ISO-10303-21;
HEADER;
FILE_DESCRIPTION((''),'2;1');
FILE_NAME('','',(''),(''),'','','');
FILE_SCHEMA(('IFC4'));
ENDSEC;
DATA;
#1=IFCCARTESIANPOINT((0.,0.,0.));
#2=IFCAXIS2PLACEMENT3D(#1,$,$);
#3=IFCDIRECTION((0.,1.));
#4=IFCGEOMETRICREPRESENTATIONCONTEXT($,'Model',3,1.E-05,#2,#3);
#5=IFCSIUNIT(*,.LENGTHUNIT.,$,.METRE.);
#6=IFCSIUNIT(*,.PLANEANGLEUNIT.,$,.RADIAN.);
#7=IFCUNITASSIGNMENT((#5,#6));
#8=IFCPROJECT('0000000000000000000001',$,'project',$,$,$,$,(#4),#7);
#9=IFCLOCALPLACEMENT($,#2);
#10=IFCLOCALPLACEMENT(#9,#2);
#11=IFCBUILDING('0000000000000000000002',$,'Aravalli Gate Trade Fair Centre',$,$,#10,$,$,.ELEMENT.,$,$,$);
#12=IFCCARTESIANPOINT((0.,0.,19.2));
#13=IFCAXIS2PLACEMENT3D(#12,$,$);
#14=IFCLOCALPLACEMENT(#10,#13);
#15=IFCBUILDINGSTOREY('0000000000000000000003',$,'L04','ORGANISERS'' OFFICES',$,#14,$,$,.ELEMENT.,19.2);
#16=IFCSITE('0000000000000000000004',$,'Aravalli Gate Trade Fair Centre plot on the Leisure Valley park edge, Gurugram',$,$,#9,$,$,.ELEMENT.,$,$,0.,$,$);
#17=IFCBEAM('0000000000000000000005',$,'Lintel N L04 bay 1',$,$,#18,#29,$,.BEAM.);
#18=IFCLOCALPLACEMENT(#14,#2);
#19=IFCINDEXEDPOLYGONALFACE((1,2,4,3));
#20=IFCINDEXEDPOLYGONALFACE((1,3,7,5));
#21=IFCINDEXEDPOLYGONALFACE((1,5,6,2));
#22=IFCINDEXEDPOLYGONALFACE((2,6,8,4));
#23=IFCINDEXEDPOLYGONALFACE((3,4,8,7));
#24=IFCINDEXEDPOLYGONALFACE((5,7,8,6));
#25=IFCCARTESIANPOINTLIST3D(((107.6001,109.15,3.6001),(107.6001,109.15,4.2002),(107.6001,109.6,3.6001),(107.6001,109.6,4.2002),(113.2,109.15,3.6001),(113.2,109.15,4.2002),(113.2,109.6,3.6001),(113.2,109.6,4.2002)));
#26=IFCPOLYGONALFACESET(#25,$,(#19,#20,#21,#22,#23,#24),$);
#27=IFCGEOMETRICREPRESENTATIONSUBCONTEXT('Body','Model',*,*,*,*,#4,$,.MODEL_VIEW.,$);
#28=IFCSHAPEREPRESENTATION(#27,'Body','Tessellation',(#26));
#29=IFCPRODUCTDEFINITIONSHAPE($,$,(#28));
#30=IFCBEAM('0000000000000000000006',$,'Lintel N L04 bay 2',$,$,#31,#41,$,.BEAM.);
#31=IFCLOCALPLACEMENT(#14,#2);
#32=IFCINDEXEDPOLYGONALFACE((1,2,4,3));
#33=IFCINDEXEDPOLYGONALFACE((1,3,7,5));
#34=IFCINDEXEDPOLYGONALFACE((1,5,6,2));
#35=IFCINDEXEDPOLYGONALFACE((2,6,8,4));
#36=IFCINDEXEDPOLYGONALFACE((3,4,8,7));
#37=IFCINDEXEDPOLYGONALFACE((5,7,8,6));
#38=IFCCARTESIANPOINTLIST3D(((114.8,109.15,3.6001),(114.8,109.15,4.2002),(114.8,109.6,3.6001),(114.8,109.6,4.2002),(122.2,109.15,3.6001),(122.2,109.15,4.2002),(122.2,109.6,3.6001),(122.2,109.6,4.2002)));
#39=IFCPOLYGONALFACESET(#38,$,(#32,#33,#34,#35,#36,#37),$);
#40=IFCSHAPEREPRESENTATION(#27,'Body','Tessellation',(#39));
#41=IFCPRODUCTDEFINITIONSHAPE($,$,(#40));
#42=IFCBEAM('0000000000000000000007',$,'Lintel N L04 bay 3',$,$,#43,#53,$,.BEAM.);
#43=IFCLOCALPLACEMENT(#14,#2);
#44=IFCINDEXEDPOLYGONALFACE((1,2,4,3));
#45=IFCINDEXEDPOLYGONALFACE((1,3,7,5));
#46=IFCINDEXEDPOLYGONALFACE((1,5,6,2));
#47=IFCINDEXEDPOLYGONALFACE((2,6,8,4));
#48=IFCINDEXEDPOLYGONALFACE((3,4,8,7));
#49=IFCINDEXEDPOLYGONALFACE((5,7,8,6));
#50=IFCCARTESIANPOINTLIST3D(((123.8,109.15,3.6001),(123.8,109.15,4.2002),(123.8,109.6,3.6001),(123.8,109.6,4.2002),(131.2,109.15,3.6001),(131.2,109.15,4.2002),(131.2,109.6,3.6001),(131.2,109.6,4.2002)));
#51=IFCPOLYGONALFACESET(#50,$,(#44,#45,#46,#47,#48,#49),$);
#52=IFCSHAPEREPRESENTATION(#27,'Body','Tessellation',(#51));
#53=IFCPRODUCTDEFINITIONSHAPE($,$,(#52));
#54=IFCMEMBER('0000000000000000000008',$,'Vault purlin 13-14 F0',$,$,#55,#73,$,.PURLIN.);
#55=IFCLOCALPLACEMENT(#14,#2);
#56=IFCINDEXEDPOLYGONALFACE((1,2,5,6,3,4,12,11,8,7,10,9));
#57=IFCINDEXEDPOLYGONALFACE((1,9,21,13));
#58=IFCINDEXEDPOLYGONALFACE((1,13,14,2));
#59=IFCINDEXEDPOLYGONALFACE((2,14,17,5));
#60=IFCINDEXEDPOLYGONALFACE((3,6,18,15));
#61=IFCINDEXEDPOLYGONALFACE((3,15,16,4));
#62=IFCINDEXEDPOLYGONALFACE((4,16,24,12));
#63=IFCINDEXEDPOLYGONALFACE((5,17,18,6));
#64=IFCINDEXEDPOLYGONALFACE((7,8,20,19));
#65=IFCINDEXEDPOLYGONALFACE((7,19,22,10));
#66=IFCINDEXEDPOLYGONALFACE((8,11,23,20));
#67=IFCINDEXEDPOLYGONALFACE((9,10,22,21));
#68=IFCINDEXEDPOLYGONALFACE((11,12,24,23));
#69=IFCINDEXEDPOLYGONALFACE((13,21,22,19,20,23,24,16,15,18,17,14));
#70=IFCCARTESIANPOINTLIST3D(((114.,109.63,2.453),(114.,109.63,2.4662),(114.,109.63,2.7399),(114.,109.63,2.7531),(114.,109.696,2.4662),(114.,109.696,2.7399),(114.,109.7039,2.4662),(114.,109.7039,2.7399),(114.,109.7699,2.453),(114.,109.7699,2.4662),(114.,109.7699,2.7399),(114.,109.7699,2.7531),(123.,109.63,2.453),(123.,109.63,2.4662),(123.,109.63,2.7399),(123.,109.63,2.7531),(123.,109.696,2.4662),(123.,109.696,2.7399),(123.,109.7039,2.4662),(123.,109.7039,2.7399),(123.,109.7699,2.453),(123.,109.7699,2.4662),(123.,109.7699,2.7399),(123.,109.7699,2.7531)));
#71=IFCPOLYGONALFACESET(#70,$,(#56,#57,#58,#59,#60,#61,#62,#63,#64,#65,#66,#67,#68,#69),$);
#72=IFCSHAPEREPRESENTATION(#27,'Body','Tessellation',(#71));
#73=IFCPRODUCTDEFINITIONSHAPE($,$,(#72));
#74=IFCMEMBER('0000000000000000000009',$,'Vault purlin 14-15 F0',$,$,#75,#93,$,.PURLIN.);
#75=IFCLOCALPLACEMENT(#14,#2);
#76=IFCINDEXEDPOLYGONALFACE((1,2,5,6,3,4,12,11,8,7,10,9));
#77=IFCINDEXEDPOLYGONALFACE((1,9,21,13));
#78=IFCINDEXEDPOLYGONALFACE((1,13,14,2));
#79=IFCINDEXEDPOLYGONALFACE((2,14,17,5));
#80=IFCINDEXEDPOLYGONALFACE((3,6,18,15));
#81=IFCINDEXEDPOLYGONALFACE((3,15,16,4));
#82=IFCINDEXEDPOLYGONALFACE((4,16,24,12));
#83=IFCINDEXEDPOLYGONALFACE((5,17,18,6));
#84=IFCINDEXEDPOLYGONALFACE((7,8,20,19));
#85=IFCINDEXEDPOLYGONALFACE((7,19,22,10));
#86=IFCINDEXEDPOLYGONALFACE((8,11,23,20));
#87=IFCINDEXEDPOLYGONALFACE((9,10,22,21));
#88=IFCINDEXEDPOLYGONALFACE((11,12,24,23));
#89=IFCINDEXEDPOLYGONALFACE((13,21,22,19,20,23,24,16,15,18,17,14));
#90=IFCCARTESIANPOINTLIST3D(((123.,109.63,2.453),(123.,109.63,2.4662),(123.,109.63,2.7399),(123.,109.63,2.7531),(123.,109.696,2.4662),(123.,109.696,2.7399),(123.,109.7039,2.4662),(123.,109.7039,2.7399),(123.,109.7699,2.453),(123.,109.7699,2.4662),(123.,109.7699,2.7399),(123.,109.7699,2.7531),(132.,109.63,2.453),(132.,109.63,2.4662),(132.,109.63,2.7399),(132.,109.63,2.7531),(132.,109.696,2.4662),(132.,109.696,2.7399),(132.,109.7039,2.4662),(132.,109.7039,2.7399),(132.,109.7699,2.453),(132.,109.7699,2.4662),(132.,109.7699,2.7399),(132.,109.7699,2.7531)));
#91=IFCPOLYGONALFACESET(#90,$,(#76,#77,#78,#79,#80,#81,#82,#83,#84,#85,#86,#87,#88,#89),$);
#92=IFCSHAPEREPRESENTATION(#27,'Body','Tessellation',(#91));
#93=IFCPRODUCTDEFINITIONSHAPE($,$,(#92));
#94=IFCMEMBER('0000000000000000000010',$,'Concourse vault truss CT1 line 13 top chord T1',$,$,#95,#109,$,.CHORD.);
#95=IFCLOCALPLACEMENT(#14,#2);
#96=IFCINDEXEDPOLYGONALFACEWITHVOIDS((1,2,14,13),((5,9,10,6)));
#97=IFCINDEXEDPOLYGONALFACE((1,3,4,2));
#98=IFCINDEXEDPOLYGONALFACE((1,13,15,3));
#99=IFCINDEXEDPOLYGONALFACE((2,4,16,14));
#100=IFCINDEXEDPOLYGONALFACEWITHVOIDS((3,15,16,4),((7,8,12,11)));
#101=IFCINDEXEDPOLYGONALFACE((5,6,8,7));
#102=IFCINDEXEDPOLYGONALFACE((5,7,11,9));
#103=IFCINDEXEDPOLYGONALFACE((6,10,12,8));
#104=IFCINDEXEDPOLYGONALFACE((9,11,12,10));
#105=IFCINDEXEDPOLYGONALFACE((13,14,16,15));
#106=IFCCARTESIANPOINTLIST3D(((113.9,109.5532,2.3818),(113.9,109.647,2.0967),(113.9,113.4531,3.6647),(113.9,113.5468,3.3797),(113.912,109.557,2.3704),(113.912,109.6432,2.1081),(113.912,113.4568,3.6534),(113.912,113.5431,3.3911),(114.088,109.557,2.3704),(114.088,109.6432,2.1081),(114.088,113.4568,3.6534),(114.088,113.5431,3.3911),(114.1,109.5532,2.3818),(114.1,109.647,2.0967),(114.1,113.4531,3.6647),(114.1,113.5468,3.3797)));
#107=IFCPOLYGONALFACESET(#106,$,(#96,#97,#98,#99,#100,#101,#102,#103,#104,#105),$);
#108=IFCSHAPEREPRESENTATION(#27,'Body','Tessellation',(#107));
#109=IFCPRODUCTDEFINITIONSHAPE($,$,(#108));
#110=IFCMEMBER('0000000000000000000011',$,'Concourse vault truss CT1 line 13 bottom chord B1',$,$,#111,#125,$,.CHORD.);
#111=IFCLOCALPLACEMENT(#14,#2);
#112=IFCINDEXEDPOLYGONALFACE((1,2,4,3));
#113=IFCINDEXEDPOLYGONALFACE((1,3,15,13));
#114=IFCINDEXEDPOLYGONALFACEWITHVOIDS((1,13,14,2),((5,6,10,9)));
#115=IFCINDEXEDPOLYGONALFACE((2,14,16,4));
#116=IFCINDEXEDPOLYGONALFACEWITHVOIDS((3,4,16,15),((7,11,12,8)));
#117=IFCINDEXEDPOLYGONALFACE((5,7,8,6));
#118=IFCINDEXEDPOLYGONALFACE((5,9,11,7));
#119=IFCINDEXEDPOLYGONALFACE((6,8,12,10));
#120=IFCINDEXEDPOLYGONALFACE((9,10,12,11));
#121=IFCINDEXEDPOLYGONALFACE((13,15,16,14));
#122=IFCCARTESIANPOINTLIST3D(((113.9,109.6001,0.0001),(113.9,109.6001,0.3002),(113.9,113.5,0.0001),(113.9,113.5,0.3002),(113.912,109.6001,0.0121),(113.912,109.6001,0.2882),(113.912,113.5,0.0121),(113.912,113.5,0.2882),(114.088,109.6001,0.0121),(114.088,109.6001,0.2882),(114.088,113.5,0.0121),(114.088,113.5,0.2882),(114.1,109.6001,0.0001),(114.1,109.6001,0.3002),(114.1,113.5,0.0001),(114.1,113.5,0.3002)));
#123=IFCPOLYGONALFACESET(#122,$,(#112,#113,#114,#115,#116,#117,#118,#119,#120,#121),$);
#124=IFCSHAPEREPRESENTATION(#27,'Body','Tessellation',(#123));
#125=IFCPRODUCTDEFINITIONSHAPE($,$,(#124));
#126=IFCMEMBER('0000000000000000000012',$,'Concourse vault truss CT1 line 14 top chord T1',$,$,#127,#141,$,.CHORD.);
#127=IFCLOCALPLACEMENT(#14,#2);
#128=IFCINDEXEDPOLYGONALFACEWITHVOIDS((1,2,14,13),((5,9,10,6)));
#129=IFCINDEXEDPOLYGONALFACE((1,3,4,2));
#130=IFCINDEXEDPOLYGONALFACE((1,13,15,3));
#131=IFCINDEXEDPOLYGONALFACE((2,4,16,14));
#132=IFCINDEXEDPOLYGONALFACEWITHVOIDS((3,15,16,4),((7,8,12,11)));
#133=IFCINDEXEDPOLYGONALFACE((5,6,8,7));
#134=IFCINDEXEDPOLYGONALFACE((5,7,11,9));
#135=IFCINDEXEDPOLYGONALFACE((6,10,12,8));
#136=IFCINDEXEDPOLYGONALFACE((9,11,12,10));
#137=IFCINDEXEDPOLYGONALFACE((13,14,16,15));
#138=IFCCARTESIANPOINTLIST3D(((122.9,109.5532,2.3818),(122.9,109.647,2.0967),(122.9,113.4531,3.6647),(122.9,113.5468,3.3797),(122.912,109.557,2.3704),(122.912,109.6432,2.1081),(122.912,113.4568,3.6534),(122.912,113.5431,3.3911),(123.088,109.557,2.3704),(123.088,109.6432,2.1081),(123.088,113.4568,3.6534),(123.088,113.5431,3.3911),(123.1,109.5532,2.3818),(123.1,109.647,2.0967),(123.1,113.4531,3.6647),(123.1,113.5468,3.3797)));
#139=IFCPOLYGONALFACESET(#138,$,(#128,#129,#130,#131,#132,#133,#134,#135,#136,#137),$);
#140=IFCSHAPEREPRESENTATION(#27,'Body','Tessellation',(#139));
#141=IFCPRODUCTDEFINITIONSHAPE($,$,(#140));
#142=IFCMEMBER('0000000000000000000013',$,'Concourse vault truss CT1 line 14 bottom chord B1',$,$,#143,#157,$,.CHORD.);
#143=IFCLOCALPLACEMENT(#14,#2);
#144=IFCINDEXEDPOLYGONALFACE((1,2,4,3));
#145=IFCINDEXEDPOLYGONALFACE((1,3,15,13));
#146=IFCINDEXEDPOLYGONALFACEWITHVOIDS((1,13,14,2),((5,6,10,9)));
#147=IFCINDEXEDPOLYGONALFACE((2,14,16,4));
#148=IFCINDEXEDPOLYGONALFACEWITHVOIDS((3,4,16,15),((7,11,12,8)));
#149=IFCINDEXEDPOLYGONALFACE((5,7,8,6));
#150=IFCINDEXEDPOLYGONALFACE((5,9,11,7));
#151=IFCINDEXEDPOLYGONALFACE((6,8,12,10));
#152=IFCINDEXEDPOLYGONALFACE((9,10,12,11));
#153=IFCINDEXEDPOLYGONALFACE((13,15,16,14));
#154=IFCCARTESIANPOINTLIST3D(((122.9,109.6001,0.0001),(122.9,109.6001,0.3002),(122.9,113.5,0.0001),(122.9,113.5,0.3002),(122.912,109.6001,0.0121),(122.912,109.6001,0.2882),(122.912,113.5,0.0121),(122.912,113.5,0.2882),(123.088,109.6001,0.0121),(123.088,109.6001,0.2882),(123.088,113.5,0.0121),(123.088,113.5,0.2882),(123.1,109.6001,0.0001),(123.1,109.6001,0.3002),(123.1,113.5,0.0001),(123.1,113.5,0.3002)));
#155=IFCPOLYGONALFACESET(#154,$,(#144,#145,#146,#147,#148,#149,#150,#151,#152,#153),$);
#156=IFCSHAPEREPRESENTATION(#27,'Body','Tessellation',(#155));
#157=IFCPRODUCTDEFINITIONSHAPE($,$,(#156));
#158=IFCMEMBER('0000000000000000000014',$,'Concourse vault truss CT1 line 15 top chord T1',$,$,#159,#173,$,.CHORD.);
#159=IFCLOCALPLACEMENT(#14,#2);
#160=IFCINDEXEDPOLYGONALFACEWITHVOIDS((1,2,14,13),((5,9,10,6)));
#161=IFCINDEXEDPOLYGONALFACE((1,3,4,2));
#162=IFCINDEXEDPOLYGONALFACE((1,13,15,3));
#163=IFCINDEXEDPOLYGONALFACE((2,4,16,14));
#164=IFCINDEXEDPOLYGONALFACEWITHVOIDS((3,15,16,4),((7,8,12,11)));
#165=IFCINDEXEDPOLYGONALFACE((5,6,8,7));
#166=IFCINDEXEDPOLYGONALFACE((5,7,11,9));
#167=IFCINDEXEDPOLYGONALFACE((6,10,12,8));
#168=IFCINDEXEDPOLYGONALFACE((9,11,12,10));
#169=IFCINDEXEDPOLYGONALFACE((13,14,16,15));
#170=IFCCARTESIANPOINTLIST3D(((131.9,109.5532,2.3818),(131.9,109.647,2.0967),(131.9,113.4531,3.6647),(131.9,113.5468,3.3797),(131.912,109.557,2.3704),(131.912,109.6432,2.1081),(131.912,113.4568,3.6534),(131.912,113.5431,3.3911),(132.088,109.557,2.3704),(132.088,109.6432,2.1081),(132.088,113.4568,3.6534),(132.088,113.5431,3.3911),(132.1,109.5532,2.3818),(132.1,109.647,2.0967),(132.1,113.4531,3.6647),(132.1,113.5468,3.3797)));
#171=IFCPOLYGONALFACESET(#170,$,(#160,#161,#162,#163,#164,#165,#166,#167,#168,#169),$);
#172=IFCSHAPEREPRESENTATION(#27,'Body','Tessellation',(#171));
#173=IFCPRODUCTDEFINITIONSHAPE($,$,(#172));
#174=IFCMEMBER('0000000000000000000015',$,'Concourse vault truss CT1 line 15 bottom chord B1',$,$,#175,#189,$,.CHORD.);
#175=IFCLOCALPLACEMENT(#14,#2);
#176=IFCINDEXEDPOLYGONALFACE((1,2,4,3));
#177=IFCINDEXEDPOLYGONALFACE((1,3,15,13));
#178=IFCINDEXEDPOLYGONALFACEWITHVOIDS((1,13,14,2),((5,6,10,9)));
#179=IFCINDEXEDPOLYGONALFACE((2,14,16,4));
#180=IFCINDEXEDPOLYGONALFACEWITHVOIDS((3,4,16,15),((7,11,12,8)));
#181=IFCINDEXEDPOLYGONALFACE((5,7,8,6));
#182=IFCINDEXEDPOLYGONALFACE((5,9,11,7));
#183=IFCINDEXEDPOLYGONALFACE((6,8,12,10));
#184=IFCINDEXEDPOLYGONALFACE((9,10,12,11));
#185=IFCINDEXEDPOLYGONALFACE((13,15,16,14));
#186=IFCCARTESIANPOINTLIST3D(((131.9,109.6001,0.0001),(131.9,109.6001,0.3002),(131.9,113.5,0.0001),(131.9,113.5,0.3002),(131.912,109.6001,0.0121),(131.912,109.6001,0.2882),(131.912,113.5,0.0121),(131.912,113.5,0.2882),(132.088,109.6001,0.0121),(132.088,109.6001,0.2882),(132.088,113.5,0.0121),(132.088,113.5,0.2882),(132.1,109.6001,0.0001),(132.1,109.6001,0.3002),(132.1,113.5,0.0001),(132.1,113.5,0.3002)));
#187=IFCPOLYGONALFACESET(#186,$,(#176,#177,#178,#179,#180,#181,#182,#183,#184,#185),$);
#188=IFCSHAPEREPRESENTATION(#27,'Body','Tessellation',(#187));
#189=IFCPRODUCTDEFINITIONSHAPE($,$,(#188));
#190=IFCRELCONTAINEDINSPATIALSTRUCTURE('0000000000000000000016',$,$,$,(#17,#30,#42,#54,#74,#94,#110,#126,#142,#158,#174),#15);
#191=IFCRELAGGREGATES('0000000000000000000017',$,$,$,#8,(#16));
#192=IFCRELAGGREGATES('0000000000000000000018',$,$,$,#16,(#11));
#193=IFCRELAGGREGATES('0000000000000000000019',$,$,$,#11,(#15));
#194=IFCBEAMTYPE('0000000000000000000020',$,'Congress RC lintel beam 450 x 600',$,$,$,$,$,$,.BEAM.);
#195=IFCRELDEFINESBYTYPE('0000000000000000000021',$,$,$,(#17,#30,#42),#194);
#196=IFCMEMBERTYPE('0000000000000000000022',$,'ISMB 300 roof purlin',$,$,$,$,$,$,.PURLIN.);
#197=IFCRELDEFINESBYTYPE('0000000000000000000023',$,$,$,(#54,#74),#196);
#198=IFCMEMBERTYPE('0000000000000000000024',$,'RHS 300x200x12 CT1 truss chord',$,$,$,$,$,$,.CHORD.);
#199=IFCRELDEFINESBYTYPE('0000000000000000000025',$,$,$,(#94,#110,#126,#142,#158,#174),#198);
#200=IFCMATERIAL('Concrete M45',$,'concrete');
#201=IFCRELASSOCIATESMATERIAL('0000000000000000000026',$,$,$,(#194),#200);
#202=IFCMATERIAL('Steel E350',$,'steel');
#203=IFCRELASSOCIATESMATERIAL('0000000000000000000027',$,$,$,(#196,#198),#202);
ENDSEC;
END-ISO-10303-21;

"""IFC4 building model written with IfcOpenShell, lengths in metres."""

from ifc_helpers import new_model, si_unit, direction, frame, origin, origin_2d, place, context, subcontext, project, spatial, rectangle, hollow_rectangle, i_section, extrude, material, material_profile, profile_set, type_object, element, save


model = new_model("IFC4")

# Units and contexts
model_context = context("Model", 3, precision=1e-05, world=origin(), true_north=direction((0.0, 1.0)))
body_context = subcontext(model_context, "Body", "Model", "MODEL_VIEW")
ifc_project = project(units=[si_unit("LENGTHUNIT", "METRE"), si_unit("PLANEANGLEUNIT", "RADIAN")], contexts=[model_context])

# Site, building, storey
site_placement = place(None, origin())
site = spatial("IfcSite", under=ifc_project, at=site_placement, Name="Aravalli Gate Trade Fair Centre plot on the Leisure Valley park edge, Gurugram", CompositionType="ELEMENT", RefElevation=0.0)
building_placement = place(site_placement, origin())
building = spatial("IfcBuilding", under=site, at=building_placement, Name="Aravalli Gate Trade Fair Centre", CompositionType="ELEMENT")
storey_placement = place(building_placement, frame((0.0, 0.0, 19.2)))
storey = spatial("IfcBuildingStorey", under=building, at=storey_placement, Name="L04", Description="ORGANISERS' OFFICES", CompositionType="ELEMENT", Elevation=19.2)

# Beams
ifc_material_1 = material(Name="Concrete M45", Category="concrete")
ifc_material_profile_1 = material_profile(ifc_material_1, rectangle(XDim=0.45, YDim=0.6001, at=origin_2d()), Name="RC 450x600")
ifc_profile_set_1 = profile_set([ifc_material_profile_1], Name="Concrete M45")
beam_type = type_object("IfcBeamType", Name="Congress RC lintel beam 450 x 600", PredefinedType="BEAM", material=ifc_profile_set_1)
beam_placement = place(storey_placement, frame((107.6001, 109.375, 3.9001), z_axis=(1.0, 0.0, 0.0), x_axis=(0.0, 1.0, 0.0)))
element("IfcBeam", 1, at=beam_placement, inside=storey, type_object=beam_type, Name="Lintel N L04 bay 1", PredefinedType="BEAM", context=body_context, shape_type="SweptSolid", body=[
    extrude(rectangle(XDim=0.45, YDim=0.6001, at=origin_2d()), origin(), (0.0, 0.0, 1.0), 5.5999),
])
for number, where, z_axis, x_axis, name in (
    (2, (114.8, 109.375, 3.9001), (1.0, 0.0, 0.0), (0.0, 1.0, 0.0), "Lintel N L04 bay 2"),
    (3, (123.8, 109.375, 3.9001), (1.0, 0.0, 0.0), (0.0, 1.0, 0.0), "Lintel N L04 bay 3"),
):
    element("IfcBeam", number, at=place(storey_placement, frame(where, z_axis=z_axis, x_axis=x_axis)), inside=storey, type_object=beam_type, Name=name, PredefinedType="BEAM", context=body_context, shape_type="SweptSolid", body=[
        extrude(rectangle(XDim=0.45, YDim=0.6001, at=origin_2d()), origin(), (0.0, 0.0, 1.0), 7.3999),
    ])

# Members
ifc_material_2 = material(Name="Steel E350", Category="steel")
ifc_material_profile_2 = material_profile(ifc_material_2, i_section(OverallWidth=0.1399, OverallDepth=0.3, WebThickness=0.0078, FlangeThickness=0.0132, at=origin_2d()), Name="ISMB 300")
ifc_profile_set_2 = profile_set([ifc_material_profile_2], Name="Steel E350")
member_type_1 = type_object("IfcMemberType", Name="ISMB 300 roof purlin", PredefinedType="PURLIN", material=ifc_profile_set_2)
for number, where, z_axis, x_axis, name in (
    (4, (114.0, 109.7, 2.603), (1.0, 0.0, 0.0), (0.0, 1.0, 0.0), "Vault purlin 13-14 F0"),
    (5, (123.0, 109.7, 2.603), (1.0, 0.0, 0.0), (0.0, 1.0, 0.0), "Vault purlin 14-15 F0"),
):
    element("IfcMember", number, at=place(storey_placement, frame(where, z_axis=z_axis, x_axis=x_axis)), inside=storey, type_object=member_type_1, Name=name, PredefinedType="PURLIN", context=body_context, shape_type="SweptSolid", body=[
        extrude(i_section(OverallWidth=0.1399, OverallDepth=0.3, WebThickness=0.0078, FlangeThickness=0.0132, at=origin_2d()), origin(), (0.0, 0.0, 1.0), 9.0),
    ])
ifc_material_profile_3 = material_profile(ifc_material_2, hollow_rectangle(XDim=0.2, YDim=0.3, WallThickness=0.012, at=origin_2d()), Name="RHS 300x200x12")
ifc_profile_set_3 = profile_set([ifc_material_profile_3], Name="Steel E350")
member_type_2 = type_object("IfcMemberType", Name="RHS 300x200x12 CT1 truss chord", PredefinedType="CHORD", material=ifc_profile_set_3)
member_1_placement = place(storey_placement, frame((114.0, 109.6001, 2.2393), z_axis=(0.0, 0.949919, 0.312497), x_axis=(-1.0, 0.0, 0.0)))
element("IfcMember", 6, at=member_1_placement, inside=storey, type_object=member_type_2, Name="Concourse vault truss CT1 line 13 top chord T1", PredefinedType="CHORD", context=body_context, shape_type="SweptSolid", body=[
    extrude(hollow_rectangle(XDim=0.2, YDim=0.3, WallThickness=0.012, at=origin_2d()), origin(), (0.0, 0.0, 1.0), 4.1055),
])
member_2_placement = place(storey_placement, frame((114.0, 109.6001, 0.1501), z_axis=(0.0, 1.0, 0.0), x_axis=(-1.0, 0.0, 0.0)))
element("IfcMember", 7, at=member_2_placement, inside=storey, type_object=member_type_2, Name="Concourse vault truss CT1 line 13 bottom chord B1", PredefinedType="CHORD", context=body_context, shape_type="SweptSolid", body=[
    extrude(hollow_rectangle(XDim=0.2, YDim=0.3, WallThickness=0.012, at=origin_2d()), origin(), (0.0, 0.0, 1.0), 3.8999),
])
member_3_placement = place(storey_placement, frame((123.0, 109.6001, 2.2393), z_axis=(0.0, 0.949919, 0.312497), x_axis=(-1.0, 0.0, 0.0)))
element("IfcMember", 8, at=member_3_placement, inside=storey, type_object=member_type_2, Name="Concourse vault truss CT1 line 14 top chord T1", PredefinedType="CHORD", context=body_context, shape_type="SweptSolid", body=[
    extrude(hollow_rectangle(XDim=0.2, YDim=0.3, WallThickness=0.012, at=origin_2d()), origin(), (0.0, 0.0, 1.0), 4.1055),
])
member_4_placement = place(storey_placement, frame((123.0, 109.6001, 0.1501), z_axis=(0.0, 1.0, 0.0), x_axis=(-1.0, 0.0, 0.0)))
element("IfcMember", 9, at=member_4_placement, inside=storey, type_object=member_type_2, Name="Concourse vault truss CT1 line 14 bottom chord B1", PredefinedType="CHORD", context=body_context, shape_type="SweptSolid", body=[
    extrude(hollow_rectangle(XDim=0.2, YDim=0.3, WallThickness=0.012, at=origin_2d()), origin(), (0.0, 0.0, 1.0), 3.8999),
])
member_5_placement = place(storey_placement, frame((132.0, 109.6001, 2.2393), z_axis=(0.0, 0.949919, 0.312497), x_axis=(-1.0, 0.0, 0.0)))
element("IfcMember", 10, at=member_5_placement, inside=storey, type_object=member_type_2, Name="Concourse vault truss CT1 line 15 top chord T1", PredefinedType="CHORD", context=body_context, shape_type="SweptSolid", body=[
    extrude(hollow_rectangle(XDim=0.2, YDim=0.3, WallThickness=0.012, at=origin_2d()), origin(), (0.0, 0.0, 1.0), 4.1055),
])
member_6_placement = place(storey_placement, frame((132.0, 109.6001, 0.1501), z_axis=(0.0, 1.0, 0.0), x_axis=(-1.0, 0.0, 0.0)))
element("IfcMember", 11, at=member_6_placement, inside=storey, type_object=member_type_2, Name="Concourse vault truss CT1 line 15 bottom chord B1", PredefinedType="CHORD", context=body_context, shape_type="SweptSolid", body=[
    extrude(hollow_rectangle(XDim=0.2, YDim=0.3, WallThickness=0.012, at=origin_2d()), origin(), (0.0, 0.0, 1.0), 3.8999),
])

save(model, "model.ifc")
